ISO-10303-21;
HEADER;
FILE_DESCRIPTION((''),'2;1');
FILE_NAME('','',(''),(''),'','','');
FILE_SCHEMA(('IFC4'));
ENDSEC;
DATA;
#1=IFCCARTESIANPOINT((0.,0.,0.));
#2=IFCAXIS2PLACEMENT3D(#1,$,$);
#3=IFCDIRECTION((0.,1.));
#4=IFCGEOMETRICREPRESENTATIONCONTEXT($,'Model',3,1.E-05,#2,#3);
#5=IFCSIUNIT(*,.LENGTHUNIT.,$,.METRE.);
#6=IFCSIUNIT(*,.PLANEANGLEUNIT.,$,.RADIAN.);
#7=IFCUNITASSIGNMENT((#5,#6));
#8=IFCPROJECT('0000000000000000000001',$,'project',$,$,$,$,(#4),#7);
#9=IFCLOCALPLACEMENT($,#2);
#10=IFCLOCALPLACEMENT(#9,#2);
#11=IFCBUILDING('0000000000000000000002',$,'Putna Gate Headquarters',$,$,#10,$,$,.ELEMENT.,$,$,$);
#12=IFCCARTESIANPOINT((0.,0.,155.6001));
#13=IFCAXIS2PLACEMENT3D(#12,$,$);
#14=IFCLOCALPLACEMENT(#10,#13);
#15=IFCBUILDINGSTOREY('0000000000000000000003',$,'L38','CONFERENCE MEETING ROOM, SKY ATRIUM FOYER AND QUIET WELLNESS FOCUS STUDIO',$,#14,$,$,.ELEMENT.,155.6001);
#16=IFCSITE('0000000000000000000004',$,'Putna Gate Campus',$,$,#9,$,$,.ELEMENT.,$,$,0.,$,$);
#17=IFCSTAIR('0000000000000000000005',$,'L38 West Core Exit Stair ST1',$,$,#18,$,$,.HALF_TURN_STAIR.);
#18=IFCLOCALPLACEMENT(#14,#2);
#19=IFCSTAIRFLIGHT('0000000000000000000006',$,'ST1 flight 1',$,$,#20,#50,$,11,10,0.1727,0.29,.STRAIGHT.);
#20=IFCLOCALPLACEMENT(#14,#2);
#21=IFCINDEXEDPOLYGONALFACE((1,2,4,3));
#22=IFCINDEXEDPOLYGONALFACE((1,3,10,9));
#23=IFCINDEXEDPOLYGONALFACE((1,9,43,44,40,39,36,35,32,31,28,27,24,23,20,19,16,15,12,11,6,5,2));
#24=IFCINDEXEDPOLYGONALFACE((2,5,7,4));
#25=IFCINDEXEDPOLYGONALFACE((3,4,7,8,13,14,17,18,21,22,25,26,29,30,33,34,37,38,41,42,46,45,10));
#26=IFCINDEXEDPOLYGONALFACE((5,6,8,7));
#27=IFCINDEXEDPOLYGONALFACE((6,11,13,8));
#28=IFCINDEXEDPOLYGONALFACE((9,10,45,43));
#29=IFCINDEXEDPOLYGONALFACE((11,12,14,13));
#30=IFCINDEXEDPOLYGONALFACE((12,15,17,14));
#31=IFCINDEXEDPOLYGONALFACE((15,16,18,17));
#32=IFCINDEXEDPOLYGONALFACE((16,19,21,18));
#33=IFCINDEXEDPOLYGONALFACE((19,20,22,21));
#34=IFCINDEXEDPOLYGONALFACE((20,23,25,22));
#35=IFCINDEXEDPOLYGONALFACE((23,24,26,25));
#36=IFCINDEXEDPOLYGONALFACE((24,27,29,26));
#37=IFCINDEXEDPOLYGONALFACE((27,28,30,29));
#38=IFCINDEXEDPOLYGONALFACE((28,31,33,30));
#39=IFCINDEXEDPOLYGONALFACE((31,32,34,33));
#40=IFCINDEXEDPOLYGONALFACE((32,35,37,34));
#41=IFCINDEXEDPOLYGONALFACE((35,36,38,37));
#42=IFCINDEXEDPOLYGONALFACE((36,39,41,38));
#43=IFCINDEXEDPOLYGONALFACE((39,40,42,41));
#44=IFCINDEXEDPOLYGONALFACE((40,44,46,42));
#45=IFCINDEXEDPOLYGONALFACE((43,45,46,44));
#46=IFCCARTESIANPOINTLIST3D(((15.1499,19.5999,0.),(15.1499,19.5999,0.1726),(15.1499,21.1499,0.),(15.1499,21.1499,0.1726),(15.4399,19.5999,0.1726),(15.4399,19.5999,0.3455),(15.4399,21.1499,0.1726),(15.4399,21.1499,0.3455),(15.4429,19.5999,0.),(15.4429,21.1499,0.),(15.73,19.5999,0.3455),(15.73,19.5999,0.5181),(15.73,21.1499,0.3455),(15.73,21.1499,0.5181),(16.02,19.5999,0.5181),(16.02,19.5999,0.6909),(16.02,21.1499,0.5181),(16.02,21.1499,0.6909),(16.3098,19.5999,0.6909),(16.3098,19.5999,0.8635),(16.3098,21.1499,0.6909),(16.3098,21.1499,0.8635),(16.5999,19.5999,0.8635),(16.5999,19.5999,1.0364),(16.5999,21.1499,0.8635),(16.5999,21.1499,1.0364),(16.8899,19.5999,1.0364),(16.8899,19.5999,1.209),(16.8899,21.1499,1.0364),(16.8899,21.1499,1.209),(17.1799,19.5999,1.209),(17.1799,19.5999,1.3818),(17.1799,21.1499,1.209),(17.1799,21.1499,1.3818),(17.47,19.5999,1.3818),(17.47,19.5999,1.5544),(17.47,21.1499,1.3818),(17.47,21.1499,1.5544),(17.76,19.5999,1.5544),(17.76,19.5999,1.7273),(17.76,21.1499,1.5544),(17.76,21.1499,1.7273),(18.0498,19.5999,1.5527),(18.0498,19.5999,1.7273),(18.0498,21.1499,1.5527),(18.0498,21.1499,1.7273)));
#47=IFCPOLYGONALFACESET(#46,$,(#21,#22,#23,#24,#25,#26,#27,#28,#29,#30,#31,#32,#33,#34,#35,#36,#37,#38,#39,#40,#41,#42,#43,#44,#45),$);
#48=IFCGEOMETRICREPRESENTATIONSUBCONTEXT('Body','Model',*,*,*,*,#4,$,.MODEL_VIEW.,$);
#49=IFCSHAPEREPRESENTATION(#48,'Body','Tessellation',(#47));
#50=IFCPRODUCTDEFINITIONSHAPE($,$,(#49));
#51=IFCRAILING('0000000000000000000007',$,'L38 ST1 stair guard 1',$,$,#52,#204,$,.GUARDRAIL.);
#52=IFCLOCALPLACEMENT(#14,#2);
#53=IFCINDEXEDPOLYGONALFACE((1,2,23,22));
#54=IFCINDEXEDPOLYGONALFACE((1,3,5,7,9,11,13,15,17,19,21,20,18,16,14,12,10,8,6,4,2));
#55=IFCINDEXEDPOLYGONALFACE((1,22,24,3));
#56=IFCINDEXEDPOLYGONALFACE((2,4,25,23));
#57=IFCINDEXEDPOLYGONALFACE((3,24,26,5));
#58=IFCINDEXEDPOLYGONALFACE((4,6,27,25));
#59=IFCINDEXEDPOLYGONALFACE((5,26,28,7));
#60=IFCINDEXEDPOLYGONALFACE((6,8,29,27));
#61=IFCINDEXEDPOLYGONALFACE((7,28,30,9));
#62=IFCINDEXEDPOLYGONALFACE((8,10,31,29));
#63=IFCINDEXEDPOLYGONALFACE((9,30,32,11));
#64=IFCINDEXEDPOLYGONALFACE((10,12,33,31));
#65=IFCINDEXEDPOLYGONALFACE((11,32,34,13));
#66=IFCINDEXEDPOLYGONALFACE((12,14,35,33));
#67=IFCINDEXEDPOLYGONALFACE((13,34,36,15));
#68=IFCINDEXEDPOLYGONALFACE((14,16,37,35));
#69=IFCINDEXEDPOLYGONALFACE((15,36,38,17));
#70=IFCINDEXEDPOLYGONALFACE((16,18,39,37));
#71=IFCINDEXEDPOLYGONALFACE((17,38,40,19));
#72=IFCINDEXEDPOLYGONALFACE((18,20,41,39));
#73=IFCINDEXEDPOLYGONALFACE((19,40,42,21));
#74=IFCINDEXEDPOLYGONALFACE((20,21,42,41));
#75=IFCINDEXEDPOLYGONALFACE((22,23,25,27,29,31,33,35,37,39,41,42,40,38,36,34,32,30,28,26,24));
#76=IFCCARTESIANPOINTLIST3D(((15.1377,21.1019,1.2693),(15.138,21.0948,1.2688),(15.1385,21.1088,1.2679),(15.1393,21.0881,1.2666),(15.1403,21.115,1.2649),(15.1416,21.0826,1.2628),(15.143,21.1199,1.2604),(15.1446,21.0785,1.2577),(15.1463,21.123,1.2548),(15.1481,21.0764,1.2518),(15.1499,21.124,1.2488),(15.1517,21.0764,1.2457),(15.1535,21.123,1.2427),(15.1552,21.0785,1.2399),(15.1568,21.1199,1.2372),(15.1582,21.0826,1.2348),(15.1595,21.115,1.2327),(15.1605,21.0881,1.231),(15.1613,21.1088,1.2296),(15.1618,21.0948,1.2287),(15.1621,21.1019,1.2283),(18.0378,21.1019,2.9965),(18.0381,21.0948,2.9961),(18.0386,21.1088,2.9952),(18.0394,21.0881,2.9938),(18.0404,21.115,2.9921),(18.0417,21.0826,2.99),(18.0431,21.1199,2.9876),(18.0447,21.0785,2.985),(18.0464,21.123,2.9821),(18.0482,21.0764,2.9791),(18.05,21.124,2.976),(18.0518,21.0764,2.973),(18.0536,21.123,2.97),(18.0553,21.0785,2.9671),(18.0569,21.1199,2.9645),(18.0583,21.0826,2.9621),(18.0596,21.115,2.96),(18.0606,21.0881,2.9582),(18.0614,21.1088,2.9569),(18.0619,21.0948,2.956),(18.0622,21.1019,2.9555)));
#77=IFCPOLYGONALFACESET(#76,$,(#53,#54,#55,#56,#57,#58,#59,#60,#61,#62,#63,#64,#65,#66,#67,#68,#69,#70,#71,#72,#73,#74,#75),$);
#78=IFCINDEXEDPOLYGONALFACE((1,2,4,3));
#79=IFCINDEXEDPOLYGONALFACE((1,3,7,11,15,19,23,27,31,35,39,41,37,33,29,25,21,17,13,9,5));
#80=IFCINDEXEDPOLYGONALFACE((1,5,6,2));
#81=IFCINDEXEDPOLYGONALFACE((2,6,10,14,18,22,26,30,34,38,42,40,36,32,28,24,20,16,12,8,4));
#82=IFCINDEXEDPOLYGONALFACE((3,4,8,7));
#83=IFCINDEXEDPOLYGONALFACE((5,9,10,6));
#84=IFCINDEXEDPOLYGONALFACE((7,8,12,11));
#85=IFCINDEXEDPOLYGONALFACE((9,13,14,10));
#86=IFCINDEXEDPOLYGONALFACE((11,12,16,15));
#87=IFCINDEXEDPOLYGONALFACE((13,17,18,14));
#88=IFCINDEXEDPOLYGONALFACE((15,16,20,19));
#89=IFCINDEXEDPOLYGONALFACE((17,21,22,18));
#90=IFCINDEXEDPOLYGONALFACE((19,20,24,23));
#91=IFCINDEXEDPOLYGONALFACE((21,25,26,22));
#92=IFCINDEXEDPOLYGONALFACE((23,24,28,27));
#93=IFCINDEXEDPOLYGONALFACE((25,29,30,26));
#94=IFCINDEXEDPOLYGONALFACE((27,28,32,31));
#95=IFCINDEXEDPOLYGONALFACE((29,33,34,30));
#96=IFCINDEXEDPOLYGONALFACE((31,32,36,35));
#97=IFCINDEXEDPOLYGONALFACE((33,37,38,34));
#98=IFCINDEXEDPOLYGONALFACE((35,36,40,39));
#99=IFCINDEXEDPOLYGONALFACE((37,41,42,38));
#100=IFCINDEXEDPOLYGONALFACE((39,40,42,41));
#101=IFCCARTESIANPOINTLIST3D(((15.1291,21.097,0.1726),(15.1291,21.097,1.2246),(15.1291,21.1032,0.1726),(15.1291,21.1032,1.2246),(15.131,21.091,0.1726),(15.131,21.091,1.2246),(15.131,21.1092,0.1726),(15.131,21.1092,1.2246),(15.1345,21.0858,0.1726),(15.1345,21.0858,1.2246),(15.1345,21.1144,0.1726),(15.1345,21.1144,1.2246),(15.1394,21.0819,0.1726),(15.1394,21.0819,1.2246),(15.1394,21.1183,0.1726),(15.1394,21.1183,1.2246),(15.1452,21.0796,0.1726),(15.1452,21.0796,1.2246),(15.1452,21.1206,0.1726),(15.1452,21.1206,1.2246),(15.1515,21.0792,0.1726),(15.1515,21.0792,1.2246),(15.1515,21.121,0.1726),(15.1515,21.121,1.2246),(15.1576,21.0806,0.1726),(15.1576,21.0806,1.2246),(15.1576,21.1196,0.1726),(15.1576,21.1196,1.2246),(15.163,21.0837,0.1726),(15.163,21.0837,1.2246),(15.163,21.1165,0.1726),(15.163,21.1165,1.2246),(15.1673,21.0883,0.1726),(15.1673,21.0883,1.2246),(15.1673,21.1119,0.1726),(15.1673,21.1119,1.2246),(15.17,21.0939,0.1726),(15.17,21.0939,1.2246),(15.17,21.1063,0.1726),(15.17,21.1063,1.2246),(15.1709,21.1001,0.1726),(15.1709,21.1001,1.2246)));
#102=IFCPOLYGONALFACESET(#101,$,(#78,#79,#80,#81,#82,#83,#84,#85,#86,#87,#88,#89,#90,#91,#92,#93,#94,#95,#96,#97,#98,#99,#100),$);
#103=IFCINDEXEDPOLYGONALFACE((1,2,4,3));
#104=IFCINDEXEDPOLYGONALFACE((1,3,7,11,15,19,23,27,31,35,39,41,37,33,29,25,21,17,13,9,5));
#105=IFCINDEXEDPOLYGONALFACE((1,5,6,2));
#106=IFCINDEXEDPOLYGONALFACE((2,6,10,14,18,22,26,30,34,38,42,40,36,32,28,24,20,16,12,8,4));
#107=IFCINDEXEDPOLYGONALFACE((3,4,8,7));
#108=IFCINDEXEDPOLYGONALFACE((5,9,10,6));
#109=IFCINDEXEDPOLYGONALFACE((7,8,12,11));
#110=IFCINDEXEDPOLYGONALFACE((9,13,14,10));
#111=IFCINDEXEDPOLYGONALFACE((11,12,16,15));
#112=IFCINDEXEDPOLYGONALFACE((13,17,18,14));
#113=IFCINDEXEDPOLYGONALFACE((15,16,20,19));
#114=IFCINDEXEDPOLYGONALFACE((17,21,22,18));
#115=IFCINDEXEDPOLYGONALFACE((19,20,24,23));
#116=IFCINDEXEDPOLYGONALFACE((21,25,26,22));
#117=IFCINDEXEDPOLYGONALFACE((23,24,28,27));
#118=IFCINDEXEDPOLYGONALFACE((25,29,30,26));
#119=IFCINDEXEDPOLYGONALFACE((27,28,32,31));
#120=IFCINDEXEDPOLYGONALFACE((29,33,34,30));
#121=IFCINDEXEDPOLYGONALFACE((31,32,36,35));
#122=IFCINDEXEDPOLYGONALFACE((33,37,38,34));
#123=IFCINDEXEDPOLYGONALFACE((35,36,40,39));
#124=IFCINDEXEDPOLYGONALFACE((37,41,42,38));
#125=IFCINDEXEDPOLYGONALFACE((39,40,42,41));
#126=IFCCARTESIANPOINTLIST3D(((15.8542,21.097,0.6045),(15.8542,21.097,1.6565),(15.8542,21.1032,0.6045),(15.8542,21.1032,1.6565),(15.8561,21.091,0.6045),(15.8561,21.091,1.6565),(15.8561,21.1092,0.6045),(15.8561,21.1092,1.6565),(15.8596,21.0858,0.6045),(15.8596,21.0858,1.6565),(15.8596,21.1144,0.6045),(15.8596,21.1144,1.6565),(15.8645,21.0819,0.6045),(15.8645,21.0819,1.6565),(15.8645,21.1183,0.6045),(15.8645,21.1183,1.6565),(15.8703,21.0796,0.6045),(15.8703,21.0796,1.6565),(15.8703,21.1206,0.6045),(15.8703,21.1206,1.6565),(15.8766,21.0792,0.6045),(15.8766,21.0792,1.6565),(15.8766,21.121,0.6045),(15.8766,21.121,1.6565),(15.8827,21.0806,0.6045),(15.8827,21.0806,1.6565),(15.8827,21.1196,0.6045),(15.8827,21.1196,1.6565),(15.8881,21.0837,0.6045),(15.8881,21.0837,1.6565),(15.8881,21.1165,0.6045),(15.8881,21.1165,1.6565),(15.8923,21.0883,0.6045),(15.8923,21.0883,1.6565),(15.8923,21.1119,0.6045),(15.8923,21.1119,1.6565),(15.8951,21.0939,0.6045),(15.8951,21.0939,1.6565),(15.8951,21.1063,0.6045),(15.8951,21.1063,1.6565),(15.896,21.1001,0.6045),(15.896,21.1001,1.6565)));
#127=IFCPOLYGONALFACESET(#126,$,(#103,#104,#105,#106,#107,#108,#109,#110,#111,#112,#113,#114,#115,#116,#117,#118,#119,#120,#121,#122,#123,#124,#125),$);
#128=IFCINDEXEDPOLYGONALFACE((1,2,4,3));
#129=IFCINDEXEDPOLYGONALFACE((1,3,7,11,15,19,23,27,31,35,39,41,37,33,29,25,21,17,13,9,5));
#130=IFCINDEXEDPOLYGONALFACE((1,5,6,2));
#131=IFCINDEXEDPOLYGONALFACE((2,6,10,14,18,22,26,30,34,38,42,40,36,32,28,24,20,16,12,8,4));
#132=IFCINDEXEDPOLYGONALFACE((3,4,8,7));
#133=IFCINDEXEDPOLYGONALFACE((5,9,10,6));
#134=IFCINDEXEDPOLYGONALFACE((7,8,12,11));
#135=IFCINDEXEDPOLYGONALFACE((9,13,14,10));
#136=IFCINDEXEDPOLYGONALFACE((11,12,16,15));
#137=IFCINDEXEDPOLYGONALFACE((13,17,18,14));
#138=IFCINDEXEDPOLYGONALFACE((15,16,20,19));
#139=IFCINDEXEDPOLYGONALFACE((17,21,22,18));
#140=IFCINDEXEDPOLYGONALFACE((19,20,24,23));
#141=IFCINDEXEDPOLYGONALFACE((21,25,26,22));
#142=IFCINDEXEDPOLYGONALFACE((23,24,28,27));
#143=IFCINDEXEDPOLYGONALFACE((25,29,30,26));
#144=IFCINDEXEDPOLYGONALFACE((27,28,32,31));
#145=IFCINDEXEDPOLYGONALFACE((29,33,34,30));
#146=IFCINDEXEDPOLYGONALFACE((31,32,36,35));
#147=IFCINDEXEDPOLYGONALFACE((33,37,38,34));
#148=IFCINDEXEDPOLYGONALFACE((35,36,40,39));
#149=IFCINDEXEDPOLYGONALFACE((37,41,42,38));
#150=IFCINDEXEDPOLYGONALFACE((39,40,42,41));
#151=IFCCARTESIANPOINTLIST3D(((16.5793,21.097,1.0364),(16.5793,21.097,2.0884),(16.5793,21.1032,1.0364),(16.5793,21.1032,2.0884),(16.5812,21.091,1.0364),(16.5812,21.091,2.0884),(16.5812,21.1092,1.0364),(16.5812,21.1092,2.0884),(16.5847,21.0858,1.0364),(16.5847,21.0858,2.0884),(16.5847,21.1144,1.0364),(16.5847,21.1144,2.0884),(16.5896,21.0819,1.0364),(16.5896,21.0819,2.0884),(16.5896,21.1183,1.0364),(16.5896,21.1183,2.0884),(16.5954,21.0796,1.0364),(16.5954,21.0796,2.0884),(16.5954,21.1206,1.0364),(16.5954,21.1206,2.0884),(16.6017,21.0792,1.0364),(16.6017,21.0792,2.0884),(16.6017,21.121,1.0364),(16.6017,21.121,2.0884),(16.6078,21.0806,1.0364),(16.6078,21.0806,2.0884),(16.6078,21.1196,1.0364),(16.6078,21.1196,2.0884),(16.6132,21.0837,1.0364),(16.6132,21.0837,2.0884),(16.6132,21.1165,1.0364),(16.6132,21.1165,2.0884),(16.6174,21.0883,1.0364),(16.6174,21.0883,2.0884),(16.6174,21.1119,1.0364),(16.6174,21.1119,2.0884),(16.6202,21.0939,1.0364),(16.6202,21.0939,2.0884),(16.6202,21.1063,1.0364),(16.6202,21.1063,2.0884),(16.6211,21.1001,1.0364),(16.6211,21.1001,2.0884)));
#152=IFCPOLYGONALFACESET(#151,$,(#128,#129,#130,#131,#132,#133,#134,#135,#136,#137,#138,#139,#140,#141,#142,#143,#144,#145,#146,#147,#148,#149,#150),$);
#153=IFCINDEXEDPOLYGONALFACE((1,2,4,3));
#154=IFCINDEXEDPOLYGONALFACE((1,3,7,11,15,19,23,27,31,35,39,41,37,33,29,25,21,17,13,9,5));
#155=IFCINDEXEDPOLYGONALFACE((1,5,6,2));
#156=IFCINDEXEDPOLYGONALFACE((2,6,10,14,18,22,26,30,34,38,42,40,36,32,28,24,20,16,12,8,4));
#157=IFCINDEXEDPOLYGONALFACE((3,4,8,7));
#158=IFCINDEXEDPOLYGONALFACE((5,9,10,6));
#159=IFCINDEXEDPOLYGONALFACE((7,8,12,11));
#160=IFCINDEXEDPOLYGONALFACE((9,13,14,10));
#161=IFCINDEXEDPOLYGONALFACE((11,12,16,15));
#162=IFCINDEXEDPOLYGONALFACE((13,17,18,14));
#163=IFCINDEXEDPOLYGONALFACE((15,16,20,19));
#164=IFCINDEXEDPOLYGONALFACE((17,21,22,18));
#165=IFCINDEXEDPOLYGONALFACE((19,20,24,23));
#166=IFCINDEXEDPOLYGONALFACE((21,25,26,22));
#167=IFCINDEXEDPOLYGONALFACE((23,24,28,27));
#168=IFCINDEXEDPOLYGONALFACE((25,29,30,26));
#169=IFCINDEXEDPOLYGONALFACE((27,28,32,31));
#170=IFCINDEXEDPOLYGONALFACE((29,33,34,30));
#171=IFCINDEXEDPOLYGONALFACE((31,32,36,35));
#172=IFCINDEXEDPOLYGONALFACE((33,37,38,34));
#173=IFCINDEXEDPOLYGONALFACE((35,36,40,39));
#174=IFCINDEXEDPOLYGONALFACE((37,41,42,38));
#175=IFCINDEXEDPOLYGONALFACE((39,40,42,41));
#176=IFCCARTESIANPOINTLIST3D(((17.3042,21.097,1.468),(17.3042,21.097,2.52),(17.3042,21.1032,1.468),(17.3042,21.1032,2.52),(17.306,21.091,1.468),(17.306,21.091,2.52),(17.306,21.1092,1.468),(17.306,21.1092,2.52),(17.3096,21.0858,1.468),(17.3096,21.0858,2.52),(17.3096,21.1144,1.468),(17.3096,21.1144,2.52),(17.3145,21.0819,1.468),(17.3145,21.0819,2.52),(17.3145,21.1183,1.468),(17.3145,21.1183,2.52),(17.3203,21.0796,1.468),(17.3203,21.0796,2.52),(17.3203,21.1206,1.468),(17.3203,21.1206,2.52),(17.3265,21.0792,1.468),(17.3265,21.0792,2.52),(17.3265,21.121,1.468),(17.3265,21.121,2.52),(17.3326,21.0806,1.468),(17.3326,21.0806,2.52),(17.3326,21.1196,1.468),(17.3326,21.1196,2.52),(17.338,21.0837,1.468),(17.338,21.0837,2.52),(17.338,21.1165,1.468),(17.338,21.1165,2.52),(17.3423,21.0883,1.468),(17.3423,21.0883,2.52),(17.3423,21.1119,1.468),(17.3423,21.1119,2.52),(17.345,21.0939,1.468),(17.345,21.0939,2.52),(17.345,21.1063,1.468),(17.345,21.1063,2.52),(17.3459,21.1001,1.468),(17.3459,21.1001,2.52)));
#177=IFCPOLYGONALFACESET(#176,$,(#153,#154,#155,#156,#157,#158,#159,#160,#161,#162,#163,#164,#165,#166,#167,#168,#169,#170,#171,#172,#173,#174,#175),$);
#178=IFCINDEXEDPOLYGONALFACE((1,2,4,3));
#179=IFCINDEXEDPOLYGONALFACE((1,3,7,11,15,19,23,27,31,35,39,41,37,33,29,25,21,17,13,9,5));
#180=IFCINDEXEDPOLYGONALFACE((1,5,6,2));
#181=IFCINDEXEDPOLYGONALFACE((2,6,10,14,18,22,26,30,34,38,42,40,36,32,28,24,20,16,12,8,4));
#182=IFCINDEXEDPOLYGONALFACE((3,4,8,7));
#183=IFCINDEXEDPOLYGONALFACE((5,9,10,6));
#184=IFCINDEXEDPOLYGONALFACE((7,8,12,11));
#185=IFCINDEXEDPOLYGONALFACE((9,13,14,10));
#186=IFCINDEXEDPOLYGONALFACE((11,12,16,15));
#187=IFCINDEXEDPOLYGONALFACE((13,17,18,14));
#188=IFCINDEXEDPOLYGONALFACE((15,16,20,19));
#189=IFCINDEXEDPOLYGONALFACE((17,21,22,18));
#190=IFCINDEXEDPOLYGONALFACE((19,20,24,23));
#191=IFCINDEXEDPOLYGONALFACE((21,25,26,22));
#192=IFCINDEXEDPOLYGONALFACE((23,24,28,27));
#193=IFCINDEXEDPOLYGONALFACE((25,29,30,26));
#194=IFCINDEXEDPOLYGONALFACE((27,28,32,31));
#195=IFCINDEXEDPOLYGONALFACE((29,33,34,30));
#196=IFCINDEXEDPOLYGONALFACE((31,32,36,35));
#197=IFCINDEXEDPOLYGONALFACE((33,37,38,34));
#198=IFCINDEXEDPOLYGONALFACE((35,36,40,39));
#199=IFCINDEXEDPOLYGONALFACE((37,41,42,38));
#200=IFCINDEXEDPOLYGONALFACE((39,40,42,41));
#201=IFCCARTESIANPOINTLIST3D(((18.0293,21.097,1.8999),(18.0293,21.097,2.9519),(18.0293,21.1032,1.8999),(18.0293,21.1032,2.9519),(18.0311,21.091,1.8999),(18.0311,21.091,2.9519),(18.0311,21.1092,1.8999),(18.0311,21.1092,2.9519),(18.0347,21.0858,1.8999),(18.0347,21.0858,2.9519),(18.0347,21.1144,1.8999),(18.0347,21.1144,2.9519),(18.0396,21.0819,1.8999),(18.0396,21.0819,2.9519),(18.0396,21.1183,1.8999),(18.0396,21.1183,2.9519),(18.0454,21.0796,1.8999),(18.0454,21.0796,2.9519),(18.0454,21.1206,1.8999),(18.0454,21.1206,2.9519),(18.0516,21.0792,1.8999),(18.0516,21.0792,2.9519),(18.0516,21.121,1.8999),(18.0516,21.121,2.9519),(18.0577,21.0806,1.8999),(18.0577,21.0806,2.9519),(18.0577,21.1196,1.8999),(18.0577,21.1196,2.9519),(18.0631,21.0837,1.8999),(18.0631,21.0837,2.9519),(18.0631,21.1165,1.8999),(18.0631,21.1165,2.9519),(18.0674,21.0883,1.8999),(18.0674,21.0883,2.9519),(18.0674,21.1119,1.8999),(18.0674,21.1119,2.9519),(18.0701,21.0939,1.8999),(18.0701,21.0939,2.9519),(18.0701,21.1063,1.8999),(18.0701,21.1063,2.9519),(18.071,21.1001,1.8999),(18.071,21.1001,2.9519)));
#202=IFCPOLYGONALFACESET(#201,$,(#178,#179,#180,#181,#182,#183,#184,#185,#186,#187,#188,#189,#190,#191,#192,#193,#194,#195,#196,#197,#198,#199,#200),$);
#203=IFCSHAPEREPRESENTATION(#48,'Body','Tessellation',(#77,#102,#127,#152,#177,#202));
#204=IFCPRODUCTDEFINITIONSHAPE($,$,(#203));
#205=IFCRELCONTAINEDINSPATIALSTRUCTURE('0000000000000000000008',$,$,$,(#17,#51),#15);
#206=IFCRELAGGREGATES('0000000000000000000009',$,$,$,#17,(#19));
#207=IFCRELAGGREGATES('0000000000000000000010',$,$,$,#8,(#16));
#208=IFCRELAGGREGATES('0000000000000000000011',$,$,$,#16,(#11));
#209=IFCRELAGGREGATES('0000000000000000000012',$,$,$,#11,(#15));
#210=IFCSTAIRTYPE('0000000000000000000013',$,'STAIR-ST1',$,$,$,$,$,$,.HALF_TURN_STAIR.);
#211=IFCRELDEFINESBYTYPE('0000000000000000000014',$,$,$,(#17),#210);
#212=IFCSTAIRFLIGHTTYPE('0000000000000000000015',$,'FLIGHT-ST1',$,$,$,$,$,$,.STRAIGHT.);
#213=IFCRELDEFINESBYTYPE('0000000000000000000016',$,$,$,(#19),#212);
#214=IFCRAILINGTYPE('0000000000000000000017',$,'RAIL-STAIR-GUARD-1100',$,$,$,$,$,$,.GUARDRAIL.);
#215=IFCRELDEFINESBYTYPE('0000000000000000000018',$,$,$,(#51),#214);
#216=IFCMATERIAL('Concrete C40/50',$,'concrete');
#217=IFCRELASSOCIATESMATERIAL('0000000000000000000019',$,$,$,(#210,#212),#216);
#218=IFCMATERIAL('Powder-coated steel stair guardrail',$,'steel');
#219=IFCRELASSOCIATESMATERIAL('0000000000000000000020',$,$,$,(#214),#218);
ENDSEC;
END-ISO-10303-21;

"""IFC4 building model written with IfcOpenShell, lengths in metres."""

from ifc_helpers import new_model, si_unit, direction, frame, origin, origin_2d, place, context, subcontext, project, spatial, polyline, circle, outline, extrude, material, type_object, element, aggregate, save


model = new_model("IFC4")

# Units and contexts
model_context = context("Model", 3, precision=1e-05, world=origin(), true_north=direction((0.0, 1.0)))
body_context = subcontext(model_context, "Body", "Model", "MODEL_VIEW")
ifc_project = project(units=[si_unit("LENGTHUNIT", "METRE"), si_unit("PLANEANGLEUNIT", "RADIAN")], contexts=[model_context])

# Site, building, storey
site_placement = place(None, origin())
site = spatial("IfcSite", under=ifc_project, at=site_placement, Name="Putna Gate Campus", CompositionType="ELEMENT", RefElevation=0.0)
building_placement = place(site_placement, origin())
building = spatial("IfcBuilding", under=site, at=building_placement, Name="Putna Gate Headquarters", CompositionType="ELEMENT")
storey_placement = place(building_placement, frame((0.0, 0.0, 155.6001)))
storey = spatial("IfcBuildingStorey", under=building, at=storey_placement, Name="L38", Description="CONFERENCE MEETING ROOM, SKY ATRIUM FOYER AND QUIET WELLNESS FOCUS STUDIO", CompositionType="ELEMENT", Elevation=155.6001)

# Shared definitions
ifc_material_1 = material(Name="Concrete C40/50", Category="concrete")

# Stair, stair flight
stair_type = type_object("IfcStairType", Name="STAIR-ST1", PredefinedType="HALF_TURN_STAIR", material=ifc_material_1)
stair_placement = place(storey_placement, origin())
stair = element("IfcStair", 1, at=stair_placement, inside=storey, type_object=stair_type, Name="L38 West Core Exit Stair ST1", PredefinedType="HALF_TURN_STAIR")
stair_flight_type = type_object("IfcStairFlightType", Name="FLIGHT-ST1", PredefinedType="STRAIGHT", material=ifc_material_1)
stair_flight_placement = place(storey_placement, frame((15.1499, 20.375, 0.0), z_axis=(0.0, 0.0, 1.0), x_axis=(1.0, 0.0, 0.0)))
stair_flight = element("IfcStairFlight", 2, at=stair_flight_placement, type_object=stair_flight_type, Name="ST1 flight 1", NumberOfRisers=11, NumberOfTreads=10, PredefinedType="STRAIGHT", RiserHeight=0.1727, TreadLength=0.29, context=body_context, shape_type="SweptSolid", body=[
    extrude(outline(polyline([(0.0, 0.0), (0.0, 0.1726), (0.29, 0.1726), (0.29, 0.3455), (0.5801, 0.3455), (0.5801, 0.5181), (0.8701, 0.5181), (0.8701, 0.6909), (1.1599, 0.6909), (1.1599, 0.8635), (1.45, 0.8635), (1.45, 1.0364), (1.74, 1.0364), (1.74, 1.209), (2.03, 1.209), (2.03, 1.3818), (2.3201, 1.3818), (2.3201, 1.5544), (2.6101, 1.5544), (2.6101, 1.7273), (2.8999, 1.7273), (2.8999, 1.8999), (2.8999, 1.5527), (0.293, 0.0), (0.0, 0.0)])), frame((0.0, 0.7749, 0.0), z_axis=(0.0, -1.0, 0.0), x_axis=(1.0, 0.0, 0.0)), (0.0, 0.0, 1.0), 1.55),
])
aggregate(stair, [stair_flight])

# Railing
ifc_material_2 = material(Name="Powder-coated steel stair guardrail", Category="steel")
railing_type_1 = type_object("IfcRailingType", Name="RAIL-STAIR-GUARD-1100", PredefinedType="GUARDRAIL", material=ifc_material_2)
railing_1_placement = place(storey_placement, frame((15.1499, 21.1001, 0.1726)))
element("IfcRailing", 3, at=railing_1_placement, inside=storey, type_object=railing_type_1, Name="L38 ST1 stair guard 1", PredefinedType="GUARDRAIL", context=body_context, shape_type="SweptSolid", body=[
    extrude(circle(Radius=0.0239, at=origin_2d()), frame((0.0, 0.0, 1.0762), z_axis=(0.85916, 0.0, 0.511706), x_axis=(0.0, 1.0, 0.0)), (0.0, 0.0, 1.0), 3.3755),
    extrude(circle(Radius=0.021, at=origin_2d()), origin(), (0.0, 0.0, 1.0), 1.052),
    extrude(circle(Radius=0.021, at=origin_2d()), frame((0.7251, 0.0, 0.4319)), (0.0, 0.0, 1.0), 1.052),
    extrude(circle(Radius=0.021, at=origin_2d()), frame((1.4502, 0.0, 0.8638)), (0.0, 0.0, 1.0), 1.052),
    extrude(circle(Radius=0.021, at=origin_2d()), frame((2.175, 0.0, 1.2954)), (0.0, 0.0, 1.0), 1.052),
    extrude(circle(Radius=0.021, at=origin_2d()), frame((2.9001, 0.0, 1.7273)), (0.0, 0.0, 1.0), 1.052),
])

save(model, "model.ifc")
